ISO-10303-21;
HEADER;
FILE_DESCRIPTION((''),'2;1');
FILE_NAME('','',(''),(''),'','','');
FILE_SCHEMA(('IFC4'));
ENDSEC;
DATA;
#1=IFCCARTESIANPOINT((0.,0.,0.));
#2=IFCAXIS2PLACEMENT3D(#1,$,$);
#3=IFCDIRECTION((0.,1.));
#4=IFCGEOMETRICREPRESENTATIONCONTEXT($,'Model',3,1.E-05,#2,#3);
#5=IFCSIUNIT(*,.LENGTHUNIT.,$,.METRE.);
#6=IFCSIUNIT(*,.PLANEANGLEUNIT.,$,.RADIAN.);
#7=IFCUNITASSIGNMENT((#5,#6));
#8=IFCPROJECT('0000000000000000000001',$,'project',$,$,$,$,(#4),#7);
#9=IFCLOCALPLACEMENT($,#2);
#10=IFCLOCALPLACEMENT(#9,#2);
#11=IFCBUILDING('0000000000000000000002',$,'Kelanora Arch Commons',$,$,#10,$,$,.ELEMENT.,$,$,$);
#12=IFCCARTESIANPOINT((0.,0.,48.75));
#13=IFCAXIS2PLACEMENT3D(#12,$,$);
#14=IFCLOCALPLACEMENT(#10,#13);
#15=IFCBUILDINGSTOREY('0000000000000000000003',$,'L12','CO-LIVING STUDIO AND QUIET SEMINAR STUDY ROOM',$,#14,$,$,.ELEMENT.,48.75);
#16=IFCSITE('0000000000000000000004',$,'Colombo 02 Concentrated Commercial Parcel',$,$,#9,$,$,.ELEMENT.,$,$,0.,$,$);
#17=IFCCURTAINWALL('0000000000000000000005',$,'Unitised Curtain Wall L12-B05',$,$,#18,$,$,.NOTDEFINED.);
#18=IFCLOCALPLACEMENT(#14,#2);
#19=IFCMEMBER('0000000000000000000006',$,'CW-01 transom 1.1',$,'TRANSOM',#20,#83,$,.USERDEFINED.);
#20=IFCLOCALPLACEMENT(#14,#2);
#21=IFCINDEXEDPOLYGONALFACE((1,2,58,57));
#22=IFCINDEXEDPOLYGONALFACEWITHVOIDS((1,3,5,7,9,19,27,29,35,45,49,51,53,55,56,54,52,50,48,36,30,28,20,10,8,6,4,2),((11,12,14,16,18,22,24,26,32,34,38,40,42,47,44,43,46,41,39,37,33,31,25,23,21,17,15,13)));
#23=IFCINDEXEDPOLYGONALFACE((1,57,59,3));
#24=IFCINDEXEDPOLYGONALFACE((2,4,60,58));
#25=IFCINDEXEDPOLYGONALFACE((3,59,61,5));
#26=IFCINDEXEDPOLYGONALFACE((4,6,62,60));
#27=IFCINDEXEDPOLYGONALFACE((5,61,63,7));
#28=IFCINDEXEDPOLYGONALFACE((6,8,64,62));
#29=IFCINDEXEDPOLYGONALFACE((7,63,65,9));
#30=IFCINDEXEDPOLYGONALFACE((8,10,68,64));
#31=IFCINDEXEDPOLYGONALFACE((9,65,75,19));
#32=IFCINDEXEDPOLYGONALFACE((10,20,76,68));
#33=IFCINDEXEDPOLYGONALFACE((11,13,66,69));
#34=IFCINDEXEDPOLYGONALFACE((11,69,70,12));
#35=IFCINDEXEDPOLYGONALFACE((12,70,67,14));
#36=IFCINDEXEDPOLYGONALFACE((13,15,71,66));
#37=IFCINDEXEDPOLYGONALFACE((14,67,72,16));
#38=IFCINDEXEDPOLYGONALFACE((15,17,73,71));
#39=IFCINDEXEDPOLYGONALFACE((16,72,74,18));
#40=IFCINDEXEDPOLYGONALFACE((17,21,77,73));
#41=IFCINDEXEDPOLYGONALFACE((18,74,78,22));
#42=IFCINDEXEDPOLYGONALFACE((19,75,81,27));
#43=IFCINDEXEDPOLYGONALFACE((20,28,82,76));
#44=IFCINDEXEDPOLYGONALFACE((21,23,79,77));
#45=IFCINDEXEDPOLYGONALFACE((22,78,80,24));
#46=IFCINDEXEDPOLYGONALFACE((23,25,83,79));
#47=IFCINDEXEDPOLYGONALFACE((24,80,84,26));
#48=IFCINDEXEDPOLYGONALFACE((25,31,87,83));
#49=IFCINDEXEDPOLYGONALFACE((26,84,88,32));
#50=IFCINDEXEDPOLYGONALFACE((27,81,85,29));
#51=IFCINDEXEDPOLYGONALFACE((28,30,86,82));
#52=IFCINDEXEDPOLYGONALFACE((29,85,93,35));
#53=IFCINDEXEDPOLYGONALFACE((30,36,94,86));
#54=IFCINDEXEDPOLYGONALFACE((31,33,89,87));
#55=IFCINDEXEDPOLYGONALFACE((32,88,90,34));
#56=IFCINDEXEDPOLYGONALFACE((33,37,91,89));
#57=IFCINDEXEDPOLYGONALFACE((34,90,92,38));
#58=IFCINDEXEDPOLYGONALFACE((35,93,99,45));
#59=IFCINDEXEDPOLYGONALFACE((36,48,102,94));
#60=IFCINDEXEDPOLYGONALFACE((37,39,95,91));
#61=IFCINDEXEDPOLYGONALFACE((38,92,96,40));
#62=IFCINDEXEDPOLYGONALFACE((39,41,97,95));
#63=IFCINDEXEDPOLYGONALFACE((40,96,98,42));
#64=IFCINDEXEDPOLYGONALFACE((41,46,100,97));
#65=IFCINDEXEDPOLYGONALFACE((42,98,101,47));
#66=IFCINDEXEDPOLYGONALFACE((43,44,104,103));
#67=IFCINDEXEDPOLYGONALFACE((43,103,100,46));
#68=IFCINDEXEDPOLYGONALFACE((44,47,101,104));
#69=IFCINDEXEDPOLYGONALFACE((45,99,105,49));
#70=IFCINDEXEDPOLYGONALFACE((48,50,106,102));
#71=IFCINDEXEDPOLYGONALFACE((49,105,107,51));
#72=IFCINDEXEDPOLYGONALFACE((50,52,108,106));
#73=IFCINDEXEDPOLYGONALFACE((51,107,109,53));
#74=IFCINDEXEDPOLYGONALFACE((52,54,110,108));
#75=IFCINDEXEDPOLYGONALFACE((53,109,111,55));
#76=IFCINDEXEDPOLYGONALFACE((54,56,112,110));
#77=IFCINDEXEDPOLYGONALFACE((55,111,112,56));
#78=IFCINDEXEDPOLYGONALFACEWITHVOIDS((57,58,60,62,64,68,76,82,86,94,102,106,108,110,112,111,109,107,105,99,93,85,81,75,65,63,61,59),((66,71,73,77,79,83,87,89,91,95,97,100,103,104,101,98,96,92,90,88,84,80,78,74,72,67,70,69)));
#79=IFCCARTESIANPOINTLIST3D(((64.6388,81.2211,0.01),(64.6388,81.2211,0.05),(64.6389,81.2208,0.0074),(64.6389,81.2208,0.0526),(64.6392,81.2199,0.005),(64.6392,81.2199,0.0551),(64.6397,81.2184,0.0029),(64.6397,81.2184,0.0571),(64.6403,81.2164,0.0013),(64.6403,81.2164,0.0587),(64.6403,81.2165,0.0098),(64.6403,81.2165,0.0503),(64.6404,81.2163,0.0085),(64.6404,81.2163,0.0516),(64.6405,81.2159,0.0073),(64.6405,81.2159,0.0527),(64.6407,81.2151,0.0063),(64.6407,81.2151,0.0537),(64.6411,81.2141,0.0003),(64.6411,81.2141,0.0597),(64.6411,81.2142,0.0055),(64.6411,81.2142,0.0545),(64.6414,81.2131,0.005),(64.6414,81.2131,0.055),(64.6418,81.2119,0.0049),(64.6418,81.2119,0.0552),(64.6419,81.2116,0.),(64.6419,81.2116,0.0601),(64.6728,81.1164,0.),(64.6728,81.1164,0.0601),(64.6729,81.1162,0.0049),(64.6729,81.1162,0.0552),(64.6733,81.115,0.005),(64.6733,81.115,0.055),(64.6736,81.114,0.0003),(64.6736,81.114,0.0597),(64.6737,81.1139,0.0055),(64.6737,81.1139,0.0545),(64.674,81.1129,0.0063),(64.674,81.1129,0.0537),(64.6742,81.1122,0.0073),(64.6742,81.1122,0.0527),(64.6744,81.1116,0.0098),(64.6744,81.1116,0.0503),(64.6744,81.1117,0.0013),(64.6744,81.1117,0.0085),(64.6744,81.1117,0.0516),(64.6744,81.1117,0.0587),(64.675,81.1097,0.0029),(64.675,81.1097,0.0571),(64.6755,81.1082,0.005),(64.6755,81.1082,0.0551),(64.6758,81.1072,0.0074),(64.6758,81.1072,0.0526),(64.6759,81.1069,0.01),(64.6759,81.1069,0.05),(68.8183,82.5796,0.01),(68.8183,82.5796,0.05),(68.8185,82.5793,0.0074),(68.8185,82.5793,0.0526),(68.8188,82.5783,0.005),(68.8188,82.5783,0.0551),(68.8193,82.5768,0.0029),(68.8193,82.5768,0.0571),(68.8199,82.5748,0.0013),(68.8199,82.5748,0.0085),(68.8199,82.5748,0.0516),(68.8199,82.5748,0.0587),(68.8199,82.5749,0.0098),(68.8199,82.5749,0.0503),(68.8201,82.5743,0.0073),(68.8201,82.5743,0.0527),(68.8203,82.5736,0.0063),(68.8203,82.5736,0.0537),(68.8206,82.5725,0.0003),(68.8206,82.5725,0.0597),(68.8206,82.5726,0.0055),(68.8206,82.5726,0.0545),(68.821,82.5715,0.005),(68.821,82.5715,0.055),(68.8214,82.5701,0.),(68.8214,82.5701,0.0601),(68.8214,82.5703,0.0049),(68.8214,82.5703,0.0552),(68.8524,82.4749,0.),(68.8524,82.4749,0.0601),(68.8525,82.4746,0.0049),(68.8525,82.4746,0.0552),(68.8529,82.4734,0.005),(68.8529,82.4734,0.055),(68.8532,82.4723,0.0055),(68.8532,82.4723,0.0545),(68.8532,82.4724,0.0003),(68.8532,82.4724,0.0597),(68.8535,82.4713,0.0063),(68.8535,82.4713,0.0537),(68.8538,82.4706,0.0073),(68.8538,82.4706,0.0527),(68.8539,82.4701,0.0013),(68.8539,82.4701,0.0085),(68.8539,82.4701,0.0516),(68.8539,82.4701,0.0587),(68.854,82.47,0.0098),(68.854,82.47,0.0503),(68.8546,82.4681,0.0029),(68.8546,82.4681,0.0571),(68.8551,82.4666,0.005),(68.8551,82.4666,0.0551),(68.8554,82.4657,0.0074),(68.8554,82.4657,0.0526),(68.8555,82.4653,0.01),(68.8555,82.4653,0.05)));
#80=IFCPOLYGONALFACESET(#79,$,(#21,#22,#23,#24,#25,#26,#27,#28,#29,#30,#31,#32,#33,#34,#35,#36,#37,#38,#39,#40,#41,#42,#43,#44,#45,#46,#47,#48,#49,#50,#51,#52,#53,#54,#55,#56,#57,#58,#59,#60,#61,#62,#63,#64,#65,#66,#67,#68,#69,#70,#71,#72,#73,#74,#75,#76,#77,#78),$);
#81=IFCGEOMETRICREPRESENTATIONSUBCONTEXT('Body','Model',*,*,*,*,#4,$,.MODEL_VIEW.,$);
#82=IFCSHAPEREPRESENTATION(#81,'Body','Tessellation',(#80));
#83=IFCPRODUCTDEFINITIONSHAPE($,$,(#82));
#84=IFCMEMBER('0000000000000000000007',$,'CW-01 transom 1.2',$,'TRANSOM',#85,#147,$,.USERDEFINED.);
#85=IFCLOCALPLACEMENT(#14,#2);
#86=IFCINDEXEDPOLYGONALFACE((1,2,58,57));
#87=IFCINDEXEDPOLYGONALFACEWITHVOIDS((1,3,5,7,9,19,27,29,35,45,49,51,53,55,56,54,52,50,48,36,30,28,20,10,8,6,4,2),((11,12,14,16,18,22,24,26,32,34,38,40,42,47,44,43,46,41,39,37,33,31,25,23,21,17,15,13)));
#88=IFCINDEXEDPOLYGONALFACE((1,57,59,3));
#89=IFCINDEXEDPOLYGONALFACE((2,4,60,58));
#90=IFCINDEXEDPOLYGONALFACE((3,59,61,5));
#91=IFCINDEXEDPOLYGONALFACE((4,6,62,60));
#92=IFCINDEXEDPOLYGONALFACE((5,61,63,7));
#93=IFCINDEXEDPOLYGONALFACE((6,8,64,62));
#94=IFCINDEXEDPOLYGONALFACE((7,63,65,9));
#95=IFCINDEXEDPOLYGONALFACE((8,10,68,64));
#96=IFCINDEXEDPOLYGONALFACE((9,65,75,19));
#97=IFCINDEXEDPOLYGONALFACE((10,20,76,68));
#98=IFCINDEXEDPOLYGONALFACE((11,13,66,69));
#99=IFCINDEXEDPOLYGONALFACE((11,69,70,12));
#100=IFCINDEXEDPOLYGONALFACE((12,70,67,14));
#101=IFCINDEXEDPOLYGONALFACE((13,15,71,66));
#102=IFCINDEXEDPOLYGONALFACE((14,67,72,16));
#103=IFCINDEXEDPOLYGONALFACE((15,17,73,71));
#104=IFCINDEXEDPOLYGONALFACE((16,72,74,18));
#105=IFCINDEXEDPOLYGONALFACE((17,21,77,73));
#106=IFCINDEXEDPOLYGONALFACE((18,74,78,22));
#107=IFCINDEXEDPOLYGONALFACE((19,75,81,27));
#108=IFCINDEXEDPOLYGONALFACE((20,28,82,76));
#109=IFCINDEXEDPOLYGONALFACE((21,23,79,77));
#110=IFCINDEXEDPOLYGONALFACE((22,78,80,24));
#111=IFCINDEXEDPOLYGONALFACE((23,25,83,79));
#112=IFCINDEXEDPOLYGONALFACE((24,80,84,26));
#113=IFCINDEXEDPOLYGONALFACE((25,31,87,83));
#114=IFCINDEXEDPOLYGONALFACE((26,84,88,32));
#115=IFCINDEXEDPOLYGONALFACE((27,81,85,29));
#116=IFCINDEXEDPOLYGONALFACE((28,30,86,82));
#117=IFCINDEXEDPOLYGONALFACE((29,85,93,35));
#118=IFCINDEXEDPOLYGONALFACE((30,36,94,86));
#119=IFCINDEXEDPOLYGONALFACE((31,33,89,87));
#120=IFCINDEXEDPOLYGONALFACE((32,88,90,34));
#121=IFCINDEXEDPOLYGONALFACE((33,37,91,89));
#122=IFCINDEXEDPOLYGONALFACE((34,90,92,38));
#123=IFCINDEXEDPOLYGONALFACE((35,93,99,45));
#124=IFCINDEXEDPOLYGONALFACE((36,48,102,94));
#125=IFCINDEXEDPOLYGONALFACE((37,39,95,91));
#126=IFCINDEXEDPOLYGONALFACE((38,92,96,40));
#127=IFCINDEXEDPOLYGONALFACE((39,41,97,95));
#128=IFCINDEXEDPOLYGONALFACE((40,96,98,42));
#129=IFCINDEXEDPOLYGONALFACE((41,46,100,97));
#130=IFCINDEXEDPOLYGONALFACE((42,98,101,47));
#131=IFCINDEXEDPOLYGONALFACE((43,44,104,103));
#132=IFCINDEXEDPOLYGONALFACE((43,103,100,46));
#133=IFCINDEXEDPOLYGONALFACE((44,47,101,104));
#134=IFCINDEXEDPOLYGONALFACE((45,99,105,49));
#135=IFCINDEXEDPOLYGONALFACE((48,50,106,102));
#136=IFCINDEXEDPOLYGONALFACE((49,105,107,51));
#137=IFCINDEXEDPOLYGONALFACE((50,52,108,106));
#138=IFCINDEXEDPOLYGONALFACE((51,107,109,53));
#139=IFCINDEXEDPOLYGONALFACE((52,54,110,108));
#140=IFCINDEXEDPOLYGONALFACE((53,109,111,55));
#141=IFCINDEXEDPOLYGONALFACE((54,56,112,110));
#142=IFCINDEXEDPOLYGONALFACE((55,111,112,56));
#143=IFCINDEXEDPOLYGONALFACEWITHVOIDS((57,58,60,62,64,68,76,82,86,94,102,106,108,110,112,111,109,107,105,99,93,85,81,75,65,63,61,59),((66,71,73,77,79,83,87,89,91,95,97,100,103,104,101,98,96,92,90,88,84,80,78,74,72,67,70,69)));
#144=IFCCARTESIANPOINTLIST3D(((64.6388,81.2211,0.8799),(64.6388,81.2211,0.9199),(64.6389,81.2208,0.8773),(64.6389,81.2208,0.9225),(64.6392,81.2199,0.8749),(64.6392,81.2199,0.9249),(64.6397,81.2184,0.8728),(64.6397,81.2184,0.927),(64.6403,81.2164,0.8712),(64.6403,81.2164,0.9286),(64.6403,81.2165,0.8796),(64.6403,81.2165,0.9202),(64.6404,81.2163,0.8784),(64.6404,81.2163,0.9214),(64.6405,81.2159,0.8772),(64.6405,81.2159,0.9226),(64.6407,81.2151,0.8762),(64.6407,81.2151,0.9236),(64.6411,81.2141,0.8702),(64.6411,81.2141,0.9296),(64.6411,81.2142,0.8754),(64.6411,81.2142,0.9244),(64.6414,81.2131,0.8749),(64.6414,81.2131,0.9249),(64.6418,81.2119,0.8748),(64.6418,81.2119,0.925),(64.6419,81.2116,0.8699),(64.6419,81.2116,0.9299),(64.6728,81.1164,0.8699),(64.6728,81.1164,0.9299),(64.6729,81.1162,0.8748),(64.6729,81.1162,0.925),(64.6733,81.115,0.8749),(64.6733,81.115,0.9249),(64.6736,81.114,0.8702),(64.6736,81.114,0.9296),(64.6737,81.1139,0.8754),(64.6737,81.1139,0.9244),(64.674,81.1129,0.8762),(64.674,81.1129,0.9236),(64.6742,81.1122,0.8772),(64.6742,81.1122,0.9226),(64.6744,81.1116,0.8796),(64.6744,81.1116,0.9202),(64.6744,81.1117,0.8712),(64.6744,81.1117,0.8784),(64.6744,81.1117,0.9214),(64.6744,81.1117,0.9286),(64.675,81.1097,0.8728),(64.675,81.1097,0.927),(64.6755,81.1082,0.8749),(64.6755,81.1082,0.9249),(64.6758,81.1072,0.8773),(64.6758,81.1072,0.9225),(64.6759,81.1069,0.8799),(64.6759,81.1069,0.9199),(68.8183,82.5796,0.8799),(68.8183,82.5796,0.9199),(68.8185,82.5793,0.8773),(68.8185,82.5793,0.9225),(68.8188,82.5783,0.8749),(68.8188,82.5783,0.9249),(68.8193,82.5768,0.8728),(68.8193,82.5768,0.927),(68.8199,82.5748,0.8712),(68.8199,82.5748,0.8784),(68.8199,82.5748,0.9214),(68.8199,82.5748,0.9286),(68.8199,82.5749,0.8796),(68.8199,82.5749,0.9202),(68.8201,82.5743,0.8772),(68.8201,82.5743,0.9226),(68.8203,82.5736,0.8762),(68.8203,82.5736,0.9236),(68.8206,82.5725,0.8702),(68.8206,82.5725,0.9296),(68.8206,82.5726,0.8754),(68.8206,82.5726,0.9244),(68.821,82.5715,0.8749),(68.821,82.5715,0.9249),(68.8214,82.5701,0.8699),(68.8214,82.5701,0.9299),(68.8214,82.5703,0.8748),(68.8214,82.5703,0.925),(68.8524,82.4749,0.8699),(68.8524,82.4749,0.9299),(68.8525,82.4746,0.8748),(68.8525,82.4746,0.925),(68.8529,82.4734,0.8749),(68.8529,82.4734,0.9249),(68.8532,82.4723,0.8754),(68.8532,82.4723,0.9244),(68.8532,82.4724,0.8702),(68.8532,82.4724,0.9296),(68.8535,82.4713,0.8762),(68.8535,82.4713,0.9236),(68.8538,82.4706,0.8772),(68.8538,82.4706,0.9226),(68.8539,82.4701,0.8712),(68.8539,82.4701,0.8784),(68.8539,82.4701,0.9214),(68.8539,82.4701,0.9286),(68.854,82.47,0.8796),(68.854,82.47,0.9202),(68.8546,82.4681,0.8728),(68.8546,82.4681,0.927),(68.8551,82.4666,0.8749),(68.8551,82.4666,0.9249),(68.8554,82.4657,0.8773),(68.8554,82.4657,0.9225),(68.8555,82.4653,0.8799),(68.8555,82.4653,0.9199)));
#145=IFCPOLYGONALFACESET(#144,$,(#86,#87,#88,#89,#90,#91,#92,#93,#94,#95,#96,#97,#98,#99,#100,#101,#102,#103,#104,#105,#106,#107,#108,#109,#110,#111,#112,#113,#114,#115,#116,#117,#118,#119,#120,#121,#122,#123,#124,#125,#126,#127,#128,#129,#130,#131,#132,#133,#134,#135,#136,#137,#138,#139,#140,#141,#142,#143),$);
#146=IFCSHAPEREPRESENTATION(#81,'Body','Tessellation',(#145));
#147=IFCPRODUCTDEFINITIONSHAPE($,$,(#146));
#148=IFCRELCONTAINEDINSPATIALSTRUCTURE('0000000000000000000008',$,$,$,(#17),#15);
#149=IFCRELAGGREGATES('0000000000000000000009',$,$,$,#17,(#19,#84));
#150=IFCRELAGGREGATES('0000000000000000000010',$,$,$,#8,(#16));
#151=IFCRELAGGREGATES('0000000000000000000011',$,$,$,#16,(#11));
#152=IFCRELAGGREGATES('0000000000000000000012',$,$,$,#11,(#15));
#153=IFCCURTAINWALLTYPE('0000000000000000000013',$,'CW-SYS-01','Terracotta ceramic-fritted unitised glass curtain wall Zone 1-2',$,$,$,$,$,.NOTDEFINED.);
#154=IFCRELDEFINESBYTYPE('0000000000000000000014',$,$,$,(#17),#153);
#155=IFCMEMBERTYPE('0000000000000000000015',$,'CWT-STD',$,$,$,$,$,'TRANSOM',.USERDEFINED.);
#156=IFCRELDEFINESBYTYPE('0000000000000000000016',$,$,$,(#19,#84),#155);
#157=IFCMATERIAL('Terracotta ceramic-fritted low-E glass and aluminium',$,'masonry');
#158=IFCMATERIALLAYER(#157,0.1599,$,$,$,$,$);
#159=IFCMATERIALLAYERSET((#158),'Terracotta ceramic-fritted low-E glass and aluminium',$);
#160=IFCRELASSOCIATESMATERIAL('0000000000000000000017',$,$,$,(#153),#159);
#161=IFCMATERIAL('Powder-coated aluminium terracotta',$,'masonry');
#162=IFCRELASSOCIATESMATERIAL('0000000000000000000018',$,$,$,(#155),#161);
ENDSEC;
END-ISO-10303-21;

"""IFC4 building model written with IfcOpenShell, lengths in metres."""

from ifc_helpers import new_model, si_unit, direction, frame, origin, origin_2d, place, context, subcontext, project, spatial, hollow_rectangle, extrude, material, layer, layer_set, material_profile, profile_set, type_object, element, aggregate, save


model = new_model("IFC4")

# Units and contexts
model_context = context("Model", 3, precision=1e-05, world=origin(), true_north=direction((0.0, 1.0)))
body_context = subcontext(model_context, "Body", "Model", "MODEL_VIEW")
ifc_project = project(units=[si_unit("LENGTHUNIT", "METRE"), si_unit("PLANEANGLEUNIT", "RADIAN")], contexts=[model_context])

# Site, building, storey
site_placement = place(None, origin())
site = spatial("IfcSite", under=ifc_project, at=site_placement, Name="Colombo 02 Concentrated Commercial Parcel", CompositionType="ELEMENT", RefElevation=0.0)
building_placement = place(site_placement, origin())
building = spatial("IfcBuilding", under=site, at=building_placement, Name="Kelanora Arch Commons", CompositionType="ELEMENT")
storey_placement = place(building_placement, frame((0.0, 0.0, 48.75)))
storey = spatial("IfcBuildingStorey", under=building, at=storey_placement, Name="L12", Description="CO-LIVING STUDIO AND QUIET SEMINAR STUDY ROOM", CompositionType="ELEMENT", Elevation=48.75)

# Curtain wall, members
ifc_material_1 = material(Name="Terracotta ceramic-fritted low-E glass and aluminium", Category="masonry")
ifc_layer_1 = layer(ifc_material_1, 0.1599)
ifc_layer_set_1 = layer_set([ifc_layer_1], Name="Terracotta ceramic-fritted low-E glass and aluminium")
curtain_wall_type = type_object("IfcCurtainWallType", Name="CW-SYS-01", Description="Terracotta ceramic-fritted unitised glass curtain wall Zone 1-2", PredefinedType="NOTDEFINED", material=ifc_layer_set_1)
curtain_wall_placement = place(storey_placement, origin())
curtain_wall = element("IfcCurtainWall", 1, at=curtain_wall_placement, inside=storey, type_object=curtain_wall_type, Name="Unitised Curtain Wall L12-B05", PredefinedType="NOTDEFINED")
ifc_material_2 = material(Name="Powder-coated aluminium terracotta", Category="masonry")
ifc_material_profile_1 = material_profile(ifc_material_2, hollow_rectangle(XDim=0.1201, YDim=0.0601, WallThickness=0.0049, InnerFilletRadius=0.0049, OuterFilletRadius=0.01, at=origin_2d()), Name="CWT120x60")
ifc_profile_set_1 = profile_set([ifc_material_profile_1], Name="Powder-coated aluminium terracotta")
member_type_1 = type_object("IfcMemberType", Name="CWT-STD", ElementType="TRANSOM", PredefinedType="USERDEFINED", material=ifc_profile_set_1)
member_1_placement = place(storey_placement, frame((68.8369, 82.5225, 0.03), z_axis=(-0.951029, -0.309102, 0.0), x_axis=(0.309102, -0.951029, 0.0)))
member_1 = element("IfcMember", 2, at=member_1_placement, type_object=member_type_1, Name="CW-01 transom 1.1", ObjectType="TRANSOM", PredefinedType="USERDEFINED", context=body_context, shape_type="SweptSolid", body=[
    extrude(hollow_rectangle(XDim=0.1201, YDim=0.0601, WallThickness=0.0049, InnerFilletRadius=0.0049, OuterFilletRadius=0.01, at=origin_2d()), origin(), (0.0, 0.0, 1.0), 4.3948),
])
member_2_placement = place(storey_placement, frame((68.8369, 82.5225, 0.8999), z_axis=(-0.951029, -0.309102, 0.0), x_axis=(0.309102, -0.951029, 0.0)))
member_2 = element("IfcMember", 3, at=member_2_placement, type_object=member_type_1, Name="CW-01 transom 1.2", ObjectType="TRANSOM", PredefinedType="USERDEFINED", context=body_context, shape_type="SweptSolid", body=[
    extrude(hollow_rectangle(XDim=0.1201, YDim=0.0601, WallThickness=0.0049, InnerFilletRadius=0.0049, OuterFilletRadius=0.01, at=origin_2d()), origin(), (0.0, 0.0, 1.0), 4.3948),
])
aggregate(curtain_wall, [member_1, member_2])

save(model, "model.ifc")
